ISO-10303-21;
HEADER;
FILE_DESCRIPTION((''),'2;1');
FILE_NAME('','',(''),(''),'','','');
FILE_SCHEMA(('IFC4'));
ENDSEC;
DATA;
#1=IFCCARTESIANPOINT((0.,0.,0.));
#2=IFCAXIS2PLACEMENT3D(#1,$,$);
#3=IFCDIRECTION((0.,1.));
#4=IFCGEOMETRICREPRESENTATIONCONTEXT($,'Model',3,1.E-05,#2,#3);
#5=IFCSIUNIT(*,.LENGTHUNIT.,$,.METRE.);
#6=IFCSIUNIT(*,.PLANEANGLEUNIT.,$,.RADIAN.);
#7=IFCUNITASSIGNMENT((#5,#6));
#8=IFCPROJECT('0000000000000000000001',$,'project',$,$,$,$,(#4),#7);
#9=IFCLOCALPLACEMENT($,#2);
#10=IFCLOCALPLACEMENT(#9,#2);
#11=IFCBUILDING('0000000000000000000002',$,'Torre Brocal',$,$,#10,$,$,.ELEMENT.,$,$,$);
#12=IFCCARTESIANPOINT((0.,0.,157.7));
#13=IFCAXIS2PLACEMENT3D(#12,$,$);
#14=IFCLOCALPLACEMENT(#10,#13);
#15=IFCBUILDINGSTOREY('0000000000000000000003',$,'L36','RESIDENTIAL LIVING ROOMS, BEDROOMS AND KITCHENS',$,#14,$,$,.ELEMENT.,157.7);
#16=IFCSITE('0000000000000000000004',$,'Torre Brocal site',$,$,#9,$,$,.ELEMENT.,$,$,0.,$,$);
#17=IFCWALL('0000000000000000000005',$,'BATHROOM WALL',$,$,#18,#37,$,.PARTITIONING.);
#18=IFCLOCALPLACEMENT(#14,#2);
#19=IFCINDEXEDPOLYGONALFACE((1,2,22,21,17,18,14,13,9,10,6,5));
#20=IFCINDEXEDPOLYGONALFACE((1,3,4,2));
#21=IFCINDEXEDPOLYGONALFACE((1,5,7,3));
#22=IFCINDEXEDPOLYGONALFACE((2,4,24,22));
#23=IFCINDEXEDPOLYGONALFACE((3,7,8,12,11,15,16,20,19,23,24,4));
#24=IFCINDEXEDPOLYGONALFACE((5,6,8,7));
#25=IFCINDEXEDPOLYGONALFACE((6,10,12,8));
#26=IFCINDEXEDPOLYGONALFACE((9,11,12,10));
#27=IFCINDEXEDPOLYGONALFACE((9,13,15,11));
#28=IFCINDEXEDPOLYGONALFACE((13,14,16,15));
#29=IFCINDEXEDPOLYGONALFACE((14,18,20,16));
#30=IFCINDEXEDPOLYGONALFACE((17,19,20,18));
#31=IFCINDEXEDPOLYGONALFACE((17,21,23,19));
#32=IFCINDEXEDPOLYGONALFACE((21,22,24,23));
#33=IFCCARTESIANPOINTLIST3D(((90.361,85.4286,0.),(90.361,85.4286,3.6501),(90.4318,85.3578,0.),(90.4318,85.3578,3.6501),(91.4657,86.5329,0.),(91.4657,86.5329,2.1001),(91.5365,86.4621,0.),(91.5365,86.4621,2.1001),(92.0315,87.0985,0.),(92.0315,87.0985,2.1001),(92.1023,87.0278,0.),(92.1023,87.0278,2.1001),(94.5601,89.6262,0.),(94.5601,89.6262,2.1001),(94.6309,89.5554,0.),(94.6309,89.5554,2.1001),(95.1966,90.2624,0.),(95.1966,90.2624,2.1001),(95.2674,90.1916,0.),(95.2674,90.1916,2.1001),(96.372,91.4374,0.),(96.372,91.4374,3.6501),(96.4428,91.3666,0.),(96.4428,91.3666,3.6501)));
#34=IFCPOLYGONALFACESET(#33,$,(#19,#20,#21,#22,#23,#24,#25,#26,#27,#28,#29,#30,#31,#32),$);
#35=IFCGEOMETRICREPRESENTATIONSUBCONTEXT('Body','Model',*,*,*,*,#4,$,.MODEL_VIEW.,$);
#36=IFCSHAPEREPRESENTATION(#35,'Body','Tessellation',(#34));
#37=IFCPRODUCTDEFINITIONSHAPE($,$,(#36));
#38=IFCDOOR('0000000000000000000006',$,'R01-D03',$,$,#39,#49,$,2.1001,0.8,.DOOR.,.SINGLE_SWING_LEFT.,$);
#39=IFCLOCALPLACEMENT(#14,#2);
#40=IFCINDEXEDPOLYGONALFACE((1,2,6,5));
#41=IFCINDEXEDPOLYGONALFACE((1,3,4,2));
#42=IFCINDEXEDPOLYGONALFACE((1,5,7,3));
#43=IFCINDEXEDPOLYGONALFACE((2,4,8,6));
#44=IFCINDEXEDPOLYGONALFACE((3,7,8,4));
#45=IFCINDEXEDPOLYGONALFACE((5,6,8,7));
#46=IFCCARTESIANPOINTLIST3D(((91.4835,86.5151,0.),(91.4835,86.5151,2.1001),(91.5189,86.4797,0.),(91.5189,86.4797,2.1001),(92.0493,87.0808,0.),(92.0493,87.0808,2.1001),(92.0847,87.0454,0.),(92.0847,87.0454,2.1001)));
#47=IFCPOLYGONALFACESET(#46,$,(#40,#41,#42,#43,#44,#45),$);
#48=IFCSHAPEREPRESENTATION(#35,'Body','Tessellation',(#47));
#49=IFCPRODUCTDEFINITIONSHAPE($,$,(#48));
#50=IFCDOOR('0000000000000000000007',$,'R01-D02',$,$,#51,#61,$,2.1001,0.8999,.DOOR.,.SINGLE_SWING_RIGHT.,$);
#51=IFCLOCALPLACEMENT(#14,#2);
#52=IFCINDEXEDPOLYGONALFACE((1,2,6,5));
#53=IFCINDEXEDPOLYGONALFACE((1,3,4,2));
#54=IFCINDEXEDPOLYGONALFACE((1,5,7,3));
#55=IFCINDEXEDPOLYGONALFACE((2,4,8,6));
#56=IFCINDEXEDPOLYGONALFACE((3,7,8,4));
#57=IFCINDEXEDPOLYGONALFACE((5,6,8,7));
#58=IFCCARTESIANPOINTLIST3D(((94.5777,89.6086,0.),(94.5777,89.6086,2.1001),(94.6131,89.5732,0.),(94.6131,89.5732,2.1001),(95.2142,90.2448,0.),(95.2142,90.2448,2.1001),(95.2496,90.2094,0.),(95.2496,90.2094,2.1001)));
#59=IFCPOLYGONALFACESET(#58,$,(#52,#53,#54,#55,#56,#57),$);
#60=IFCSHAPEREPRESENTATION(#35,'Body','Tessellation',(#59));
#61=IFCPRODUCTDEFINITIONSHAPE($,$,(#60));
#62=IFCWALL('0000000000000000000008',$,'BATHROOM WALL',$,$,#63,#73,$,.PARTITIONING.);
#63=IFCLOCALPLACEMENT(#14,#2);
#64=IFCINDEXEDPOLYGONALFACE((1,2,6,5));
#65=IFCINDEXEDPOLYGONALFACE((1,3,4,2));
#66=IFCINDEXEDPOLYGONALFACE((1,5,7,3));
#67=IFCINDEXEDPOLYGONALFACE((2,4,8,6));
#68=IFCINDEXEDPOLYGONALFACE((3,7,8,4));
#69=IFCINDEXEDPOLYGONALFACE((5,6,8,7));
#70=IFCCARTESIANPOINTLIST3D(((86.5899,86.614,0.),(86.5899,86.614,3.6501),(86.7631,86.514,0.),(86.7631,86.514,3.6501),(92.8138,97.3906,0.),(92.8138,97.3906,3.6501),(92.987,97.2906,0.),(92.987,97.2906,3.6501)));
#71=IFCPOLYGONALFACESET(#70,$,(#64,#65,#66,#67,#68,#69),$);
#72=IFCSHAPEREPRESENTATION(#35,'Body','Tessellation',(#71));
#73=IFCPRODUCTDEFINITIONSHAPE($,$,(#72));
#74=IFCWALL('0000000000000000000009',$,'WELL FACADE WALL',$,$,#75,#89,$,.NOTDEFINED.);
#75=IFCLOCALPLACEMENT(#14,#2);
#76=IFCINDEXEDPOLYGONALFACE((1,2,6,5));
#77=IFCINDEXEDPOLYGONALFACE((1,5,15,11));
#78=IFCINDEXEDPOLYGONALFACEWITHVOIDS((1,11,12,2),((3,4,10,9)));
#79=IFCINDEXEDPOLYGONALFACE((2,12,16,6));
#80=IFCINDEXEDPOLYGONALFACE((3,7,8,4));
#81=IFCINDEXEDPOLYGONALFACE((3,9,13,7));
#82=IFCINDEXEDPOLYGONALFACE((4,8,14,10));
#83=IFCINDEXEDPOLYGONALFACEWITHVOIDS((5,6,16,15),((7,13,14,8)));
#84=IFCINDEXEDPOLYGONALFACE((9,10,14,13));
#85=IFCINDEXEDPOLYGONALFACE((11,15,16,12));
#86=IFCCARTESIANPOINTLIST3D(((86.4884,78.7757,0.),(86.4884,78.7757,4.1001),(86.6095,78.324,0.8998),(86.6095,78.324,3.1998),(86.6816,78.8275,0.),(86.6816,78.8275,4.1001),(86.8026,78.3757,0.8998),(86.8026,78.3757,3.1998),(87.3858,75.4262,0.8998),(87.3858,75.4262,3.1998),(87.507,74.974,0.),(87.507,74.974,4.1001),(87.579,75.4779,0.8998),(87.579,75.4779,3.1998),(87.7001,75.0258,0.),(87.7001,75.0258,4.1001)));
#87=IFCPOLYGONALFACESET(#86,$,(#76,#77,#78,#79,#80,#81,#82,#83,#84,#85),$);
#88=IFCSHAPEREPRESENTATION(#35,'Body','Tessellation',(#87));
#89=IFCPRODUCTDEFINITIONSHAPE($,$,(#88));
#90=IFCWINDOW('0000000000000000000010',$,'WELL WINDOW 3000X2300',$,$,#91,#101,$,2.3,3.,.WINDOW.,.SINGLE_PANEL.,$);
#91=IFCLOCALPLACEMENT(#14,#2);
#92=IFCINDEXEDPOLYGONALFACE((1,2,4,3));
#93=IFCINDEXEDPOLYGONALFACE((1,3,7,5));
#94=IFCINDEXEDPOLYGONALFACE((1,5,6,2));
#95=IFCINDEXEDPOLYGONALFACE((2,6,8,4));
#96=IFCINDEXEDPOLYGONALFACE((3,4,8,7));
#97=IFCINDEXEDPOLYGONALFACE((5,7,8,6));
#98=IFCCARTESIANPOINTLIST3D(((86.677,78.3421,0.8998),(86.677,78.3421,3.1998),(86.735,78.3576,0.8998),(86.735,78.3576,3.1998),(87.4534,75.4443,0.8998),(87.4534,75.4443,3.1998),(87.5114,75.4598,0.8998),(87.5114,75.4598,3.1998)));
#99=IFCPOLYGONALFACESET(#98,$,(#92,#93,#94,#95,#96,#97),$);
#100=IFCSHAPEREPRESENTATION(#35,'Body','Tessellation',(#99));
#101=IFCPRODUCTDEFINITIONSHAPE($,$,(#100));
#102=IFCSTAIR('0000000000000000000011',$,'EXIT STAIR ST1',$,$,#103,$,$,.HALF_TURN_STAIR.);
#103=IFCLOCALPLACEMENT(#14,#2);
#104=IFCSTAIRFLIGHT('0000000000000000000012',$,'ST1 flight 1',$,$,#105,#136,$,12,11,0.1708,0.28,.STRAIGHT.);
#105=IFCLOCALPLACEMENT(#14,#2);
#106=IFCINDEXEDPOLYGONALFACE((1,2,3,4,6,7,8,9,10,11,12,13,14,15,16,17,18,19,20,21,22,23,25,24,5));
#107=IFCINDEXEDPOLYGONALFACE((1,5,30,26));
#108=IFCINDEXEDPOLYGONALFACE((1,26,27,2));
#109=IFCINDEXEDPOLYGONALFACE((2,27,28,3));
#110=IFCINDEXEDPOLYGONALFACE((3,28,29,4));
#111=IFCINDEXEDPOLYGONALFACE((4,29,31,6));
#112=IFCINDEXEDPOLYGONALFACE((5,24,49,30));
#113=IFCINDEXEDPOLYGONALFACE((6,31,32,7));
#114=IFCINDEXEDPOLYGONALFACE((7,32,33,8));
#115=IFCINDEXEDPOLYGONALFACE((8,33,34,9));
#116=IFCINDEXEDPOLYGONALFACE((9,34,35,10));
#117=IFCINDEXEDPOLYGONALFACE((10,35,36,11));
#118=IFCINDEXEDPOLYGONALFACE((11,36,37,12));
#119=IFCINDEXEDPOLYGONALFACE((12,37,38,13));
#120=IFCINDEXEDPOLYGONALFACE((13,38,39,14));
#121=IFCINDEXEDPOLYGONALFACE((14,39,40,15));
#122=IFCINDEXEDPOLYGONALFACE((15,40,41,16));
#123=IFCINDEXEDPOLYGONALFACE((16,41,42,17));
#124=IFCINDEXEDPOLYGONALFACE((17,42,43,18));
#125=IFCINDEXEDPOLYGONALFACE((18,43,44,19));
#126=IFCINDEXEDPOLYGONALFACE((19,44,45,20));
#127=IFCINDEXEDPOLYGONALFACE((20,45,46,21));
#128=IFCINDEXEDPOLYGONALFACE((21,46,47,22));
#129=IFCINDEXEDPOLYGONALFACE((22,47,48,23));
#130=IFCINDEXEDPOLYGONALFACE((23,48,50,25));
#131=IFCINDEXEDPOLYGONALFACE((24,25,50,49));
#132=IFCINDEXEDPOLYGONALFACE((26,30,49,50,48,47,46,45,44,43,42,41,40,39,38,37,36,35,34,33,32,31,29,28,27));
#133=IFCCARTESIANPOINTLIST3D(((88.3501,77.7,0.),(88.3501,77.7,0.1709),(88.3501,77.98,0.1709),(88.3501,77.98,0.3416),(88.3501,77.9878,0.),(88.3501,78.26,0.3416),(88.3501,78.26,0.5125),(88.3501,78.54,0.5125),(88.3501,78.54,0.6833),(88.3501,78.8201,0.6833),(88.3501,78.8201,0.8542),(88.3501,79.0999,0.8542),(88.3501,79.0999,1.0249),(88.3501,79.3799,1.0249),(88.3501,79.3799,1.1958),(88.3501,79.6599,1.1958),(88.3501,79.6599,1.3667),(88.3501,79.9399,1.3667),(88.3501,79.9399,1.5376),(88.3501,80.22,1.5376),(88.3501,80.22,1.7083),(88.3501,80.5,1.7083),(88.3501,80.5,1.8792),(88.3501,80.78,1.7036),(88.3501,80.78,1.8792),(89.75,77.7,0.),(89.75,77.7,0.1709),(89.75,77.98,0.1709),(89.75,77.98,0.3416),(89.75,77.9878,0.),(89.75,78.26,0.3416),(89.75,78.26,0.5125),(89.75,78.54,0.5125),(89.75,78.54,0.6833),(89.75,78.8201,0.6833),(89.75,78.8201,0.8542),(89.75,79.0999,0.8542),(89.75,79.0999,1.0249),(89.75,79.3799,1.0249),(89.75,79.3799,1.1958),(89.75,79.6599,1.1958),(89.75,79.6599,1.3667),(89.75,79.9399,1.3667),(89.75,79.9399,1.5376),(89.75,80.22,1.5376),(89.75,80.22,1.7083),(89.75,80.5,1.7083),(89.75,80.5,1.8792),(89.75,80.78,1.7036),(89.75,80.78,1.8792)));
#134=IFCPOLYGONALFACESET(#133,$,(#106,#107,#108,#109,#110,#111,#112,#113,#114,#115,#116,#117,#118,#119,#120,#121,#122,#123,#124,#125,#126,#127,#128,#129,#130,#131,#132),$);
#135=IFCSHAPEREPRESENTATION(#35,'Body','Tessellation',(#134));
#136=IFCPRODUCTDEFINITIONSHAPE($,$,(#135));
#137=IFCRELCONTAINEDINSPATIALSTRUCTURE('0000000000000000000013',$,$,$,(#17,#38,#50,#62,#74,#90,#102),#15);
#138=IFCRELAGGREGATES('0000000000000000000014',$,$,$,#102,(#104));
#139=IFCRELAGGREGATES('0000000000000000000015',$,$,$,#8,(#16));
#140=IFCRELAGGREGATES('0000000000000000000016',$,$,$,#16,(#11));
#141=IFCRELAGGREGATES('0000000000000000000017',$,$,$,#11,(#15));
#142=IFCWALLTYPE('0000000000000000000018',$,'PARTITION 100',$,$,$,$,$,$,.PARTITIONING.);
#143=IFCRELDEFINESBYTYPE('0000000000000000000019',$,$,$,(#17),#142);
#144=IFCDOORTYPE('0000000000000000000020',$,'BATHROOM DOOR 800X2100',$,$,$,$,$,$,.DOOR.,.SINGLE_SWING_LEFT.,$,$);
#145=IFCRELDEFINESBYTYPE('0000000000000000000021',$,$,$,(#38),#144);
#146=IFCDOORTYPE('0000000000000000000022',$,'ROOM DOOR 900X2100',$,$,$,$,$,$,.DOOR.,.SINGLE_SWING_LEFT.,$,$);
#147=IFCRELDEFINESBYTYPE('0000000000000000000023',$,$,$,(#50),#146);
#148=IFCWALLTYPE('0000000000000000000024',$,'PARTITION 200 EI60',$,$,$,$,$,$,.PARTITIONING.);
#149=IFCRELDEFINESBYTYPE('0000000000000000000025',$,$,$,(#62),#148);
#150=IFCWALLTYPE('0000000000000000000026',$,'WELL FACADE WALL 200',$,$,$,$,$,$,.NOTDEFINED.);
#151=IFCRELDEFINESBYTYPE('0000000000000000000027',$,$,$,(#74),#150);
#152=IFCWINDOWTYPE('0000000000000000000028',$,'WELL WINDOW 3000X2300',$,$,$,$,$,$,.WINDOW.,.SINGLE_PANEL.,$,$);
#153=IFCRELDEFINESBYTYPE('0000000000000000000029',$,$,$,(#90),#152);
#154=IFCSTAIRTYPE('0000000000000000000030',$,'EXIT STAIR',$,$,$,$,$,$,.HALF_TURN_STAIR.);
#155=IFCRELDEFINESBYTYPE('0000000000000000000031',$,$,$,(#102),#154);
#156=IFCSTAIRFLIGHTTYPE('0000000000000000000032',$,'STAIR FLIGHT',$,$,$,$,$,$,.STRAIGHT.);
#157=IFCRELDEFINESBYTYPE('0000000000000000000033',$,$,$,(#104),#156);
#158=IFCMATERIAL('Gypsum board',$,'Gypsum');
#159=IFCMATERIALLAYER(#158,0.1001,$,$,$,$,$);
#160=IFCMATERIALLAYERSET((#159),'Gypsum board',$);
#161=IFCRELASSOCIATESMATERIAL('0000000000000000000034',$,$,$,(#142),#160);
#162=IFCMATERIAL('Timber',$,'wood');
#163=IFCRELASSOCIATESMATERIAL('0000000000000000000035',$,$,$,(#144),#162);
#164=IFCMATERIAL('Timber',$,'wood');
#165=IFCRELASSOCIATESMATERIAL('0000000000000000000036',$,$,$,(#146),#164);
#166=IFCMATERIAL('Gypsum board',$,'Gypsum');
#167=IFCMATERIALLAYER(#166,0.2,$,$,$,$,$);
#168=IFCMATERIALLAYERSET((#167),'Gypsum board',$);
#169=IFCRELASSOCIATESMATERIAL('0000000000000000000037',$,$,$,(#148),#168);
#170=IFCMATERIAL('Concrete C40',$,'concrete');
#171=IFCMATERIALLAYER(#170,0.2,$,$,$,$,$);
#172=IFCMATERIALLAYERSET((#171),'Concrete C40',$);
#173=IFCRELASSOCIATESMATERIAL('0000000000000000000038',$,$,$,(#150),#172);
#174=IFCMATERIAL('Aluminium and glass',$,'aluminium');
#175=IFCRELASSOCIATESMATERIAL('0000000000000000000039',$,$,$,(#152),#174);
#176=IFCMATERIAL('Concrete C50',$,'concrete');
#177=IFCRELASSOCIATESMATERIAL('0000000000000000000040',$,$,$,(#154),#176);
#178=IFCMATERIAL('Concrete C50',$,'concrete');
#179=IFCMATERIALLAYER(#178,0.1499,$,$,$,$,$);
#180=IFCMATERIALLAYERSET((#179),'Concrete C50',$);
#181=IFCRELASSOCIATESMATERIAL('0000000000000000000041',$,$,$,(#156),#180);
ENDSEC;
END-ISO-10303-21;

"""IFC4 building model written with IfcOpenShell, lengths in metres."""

from ifc_helpers import new_model, si_unit, direction, frame, frame_2d, origin, place, context, subcontext, project, spatial, polyline, rectangle, outline, extrude, material, layer, layer_set, type_object, element, fill, aggregate, save


model = new_model("IFC4")

# Units and contexts
model_context = context("Model", 3, precision=1e-05, world=origin(), true_north=direction((0.0, 1.0)))
body_context = subcontext(model_context, "Body", "Model", "MODEL_VIEW")
ifc_project = project(units=[si_unit("LENGTHUNIT", "METRE"), si_unit("PLANEANGLEUNIT", "RADIAN")], contexts=[model_context])

# Site, building, storey
site_placement = place(None, origin())
site = spatial("IfcSite", under=ifc_project, at=site_placement, Name="Torre Brocal site", CompositionType="ELEMENT", RefElevation=0.0)
building_placement = place(site_placement, origin())
building = spatial("IfcBuilding", under=site, at=building_placement, Name="Torre Brocal", CompositionType="ELEMENT")
storey_placement = place(building_placement, frame((0.0, 0.0, 157.7)))
storey = spatial("IfcBuildingStorey", under=building, at=storey_placement, Name="L36", Description="RESIDENTIAL LIVING ROOMS, BEDROOMS AND KITCHENS", CompositionType="ELEMENT", Elevation=157.7)

# Wall, openings, doors
ifc_material_1 = material(Name="Gypsum board", Category="Gypsum")
ifc_layer_1 = layer(ifc_material_1, 0.1001)
ifc_layer_set_1 = layer_set([ifc_layer_1], Name="Gypsum board")
wall_type_1 = type_object("IfcWallType", Name="PARTITION 100", PredefinedType="PARTITIONING", material=ifc_layer_set_1)
wall_1_placement = place(storey_placement, frame((90.3965, 85.3933, 0.0), z_axis=(0.0, 0.0, 1.0), x_axis=(0.707236, 0.706978, 0.0)))
wall_1 = element("IfcWall", 1, at=wall_1_placement, inside=storey, type_object=wall_type_1, Name="BATHROOM WALL", PredefinedType="PARTITIONING", context=body_context, shape_type="SweptSolid", body=[
    extrude(rectangle(XDim=8.4993, YDim=0.1001, at=frame_2d((4.2495, 0.0))), origin(), (0.0, 0.0, 1.0), 3.6501),
])
opening_1_placement = place(wall_1_placement, frame((5.9373, 0.0, 0.0)))
opening_1 = element("IfcOpeningElement", 2, at=opening_1_placement, cuts=wall_1, PredefinedType="OPENING", context=body_context, shape_type="SweptSolid", body=[
    extrude(rectangle(XDim=0.8999, YDim=2.1001, at=frame_2d((0.45, 1.05))), frame((0.0, 0.0601, 0.0), z_axis=(0.0, -1.0, 0.0), x_axis=(1.0, 0.0, 0.0)), (0.0, 0.0, 1.0), 0.1201),
])
opening_2_placement = place(wall_1_placement, frame((1.562, 0.0, 0.0)))
opening_2 = element("IfcOpeningElement", 3, at=opening_2_placement, cuts=wall_1, PredefinedType="OPENING", context=body_context, shape_type="SweptSolid", body=[
    extrude(rectangle(XDim=0.8, YDim=2.1001, at=frame_2d((0.3999, 1.05))), frame((0.0, 0.0601, 0.0), z_axis=(0.0, -1.0, 0.0), x_axis=(1.0, 0.0, 0.0)), (0.0, 0.0, 1.0), 0.1201),
])
ifc_material_2 = material(Name="Timber", Category="wood")
door_type_1 = type_object("IfcDoorType", Name="BATHROOM DOOR 800X2100", OperationType="SINGLE_SWING_LEFT", PredefinedType="DOOR", material=ifc_material_2)
door_1_placement = place(opening_2_placement, origin())
door_1 = element("IfcDoor", 4, at=door_1_placement, inside=storey, type_object=door_type_1, Name="R01-D03", OperationType="SINGLE_SWING_LEFT", OverallHeight=2.1001, OverallWidth=0.8, PredefinedType="DOOR", context=body_context, shape_type="SweptSolid", body=[
    extrude(rectangle(XDim=0.8, YDim=2.1001, at=frame_2d((0.3999, 1.05))), frame((0.0, 0.0249, 0.0), z_axis=(0.0, -1.0, 0.0), x_axis=(1.0, 0.0, 0.0)), (0.0, 0.0, 1.0), 0.05),
])
fill(opening_2, door_1)
ifc_material_3 = material(Name="Timber", Category="wood")
door_type_2 = type_object("IfcDoorType", Name="ROOM DOOR 900X2100", OperationType="SINGLE_SWING_LEFT", PredefinedType="DOOR", material=ifc_material_3)
door_2_placement = place(opening_1_placement, frame((0.8999, 0.0, 0.0), z_axis=(0.0, 0.0, 1.0), x_axis=(-1.0, 0.0, 0.0)))
door_2 = element("IfcDoor", 5, at=door_2_placement, inside=storey, type_object=door_type_2, Name="R01-D02", OperationType="SINGLE_SWING_RIGHT", OverallHeight=2.1001, OverallWidth=0.8999, PredefinedType="DOOR", context=body_context, shape_type="SweptSolid", body=[
    extrude(rectangle(XDim=0.8999, YDim=2.1001, at=frame_2d((0.45, 1.05))), frame((0.0, 0.0249, 0.0), z_axis=(0.0, -1.0, 0.0), x_axis=(1.0, 0.0, 0.0)), (0.0, 0.0, 1.0), 0.05),
])
fill(opening_1, door_2)

# Wall
ifc_material_4 = material(Name="Gypsum board", Category="Gypsum")
ifc_layer_2 = layer(ifc_material_4, 0.2)
ifc_layer_set_2 = layer_set([ifc_layer_2], Name="Gypsum board")
wall_type_2 = type_object("IfcWallType", Name="PARTITION 200 EI60", PredefinedType="PARTITIONING", material=ifc_layer_set_2)
wall_2_placement = place(storey_placement, frame((86.6765, 86.564, 0.0), z_axis=(0.0, 0.0, 1.0), x_axis=(0.50012, 0.865956, 0.0)))
element("IfcWall", 6, at=wall_2_placement, inside=storey, type_object=wall_type_2, Name="BATHROOM WALL", PredefinedType="PARTITIONING", context=body_context, shape_type="SweptSolid", body=[
    extrude(rectangle(XDim=12.4448, YDim=0.2, at=frame_2d((6.2224, 0.0))), origin(), (0.0, 0.0, 1.0), 3.6501),
])

# Wall, opening, window
ifc_material_5 = material(Name="Concrete C40", Category="concrete")
ifc_layer_3 = layer(ifc_material_5, 0.2)
ifc_layer_set_3 = layer_set([ifc_layer_3], Name="Concrete C40")
wall_type_3 = type_object("IfcWallType", Name="WELL FACADE WALL 200", PredefinedType="NOTDEFINED", material=ifc_layer_set_3)
wall_3_placement = place(storey_placement, frame((87.6035, 75.0, 0.0), z_axis=(0.0, 0.0, 1.0), x_axis=(-0.25879, 0.965934, 0.0)))
wall_3 = element("IfcWall", 7, at=wall_3_placement, inside=storey, type_object=wall_type_3, Name="WELL FACADE WALL", PredefinedType="NOTDEFINED", context=body_context, shape_type="SweptSolid", body=[
    extrude(rectangle(XDim=3.9358, YDim=0.2, at=frame_2d((1.9678, 0.0))), origin(), (0.0, 0.0, 1.0), 4.1001),
])
opening_3_placement = place(wall_3_placement, frame((0.468, 0.0, 0.8999)))
opening_3 = element("IfcOpeningElement", 8, at=opening_3_placement, cuts=wall_3, PredefinedType="OPENING", context=body_context, shape_type="SweptSolid", body=[
    extrude(rectangle(XDim=3.0, YDim=2.3, at=frame_2d((1.5, 1.1499))), frame((0.0, 0.1099, 0.0), z_axis=(0.0, -1.0, 0.0), x_axis=(1.0, 0.0, 0.0)), (0.0, 0.0, 1.0), 0.22),
])
ifc_material_6 = material(Name="Aluminium and glass", Category="aluminium")
window_type = type_object("IfcWindowType", Name="WELL WINDOW 3000X2300", PartitioningType="SINGLE_PANEL", PredefinedType="WINDOW", material=ifc_material_6)
window_placement = place(opening_3_placement, origin())
window = element("IfcWindow", 9, at=window_placement, inside=storey, type_object=window_type, Name="WELL WINDOW 3000X2300", OverallHeight=2.3, OverallWidth=3.0, PartitioningType="SINGLE_PANEL", PredefinedType="WINDOW", context=body_context, shape_type="SweptSolid", body=[
    extrude(rectangle(XDim=3.0, YDim=2.3, at=frame_2d((1.5, 1.1499))), frame((0.0, 0.03, 0.0), z_axis=(0.0, -1.0, 0.0), x_axis=(1.0, 0.0, 0.0)), (0.0, 0.0, 1.0), 0.0601),
])
fill(opening_3, window)

# Stair, stair flight
ifc_material_7 = material(Name="Concrete C50", Category="concrete")
stair_type = type_object("IfcStairType", Name="EXIT STAIR", PredefinedType="HALF_TURN_STAIR", material=ifc_material_7)
stair_placement = place(storey_placement, origin())
stair = element("IfcStair", 10, at=stair_placement, inside=storey, type_object=stair_type, Name="EXIT STAIR ST1", PredefinedType="HALF_TURN_STAIR")
ifc_material_8 = material(Name="Concrete C50", Category="concrete")
ifc_layer_4 = layer(ifc_material_8, 0.1499)
ifc_layer_set_4 = layer_set([ifc_layer_4], Name="Concrete C50")
stair_flight_type = type_object("IfcStairFlightType", Name="STAIR FLIGHT", PredefinedType="STRAIGHT", material=ifc_layer_set_4)
stair_flight_1_placement = place(storey_placement, frame((89.05, 77.7, 0.0), z_axis=(0.0, 0.0, 1.0), x_axis=(0.0, 1.0, 0.0)))
stair_flight_1 = element("IfcStairFlight", 11, at=stair_flight_1_placement, type_object=stair_flight_type, Name="ST1 flight 1", NumberOfRisers=12, NumberOfTreads=11, PredefinedType="STRAIGHT", RiserHeight=0.1708, TreadLength=0.28, context=body_context, shape_type="SweptSolid", body=[
    extrude(outline(polyline([(0.0, 0.0), (0.0, 0.1709), (0.28, 0.1709), (0.28, 0.3416), (0.5601, 0.3416), (0.5601, 0.5125), (0.8401, 0.5125), (0.8401, 0.6833), (1.1201, 0.6833), (1.1201, 0.8542), (1.3999, 0.8542), (1.3999, 1.0249), (1.6799, 1.0249), (1.6799, 1.1958), (1.96, 1.1958), (1.96, 1.3667), (2.24, 1.3667), (2.24, 1.5376), (2.52, 1.5376), (2.52, 1.7083), (2.8, 1.7083), (2.8, 1.8792), (3.0801, 1.8792), (3.0801, 2.05), (3.0801, 1.7036), (0.2878, 0.0), (0.0, 0.0)])), frame((0.0, 0.7, 0.0), z_axis=(0.0, -1.0, 0.0), x_axis=(1.0, 0.0, 0.0)), (0.0, 0.0, 1.0), 1.3999),
])
aggregate(stair, [stair_flight_1])

save(model, "model.ifc")
